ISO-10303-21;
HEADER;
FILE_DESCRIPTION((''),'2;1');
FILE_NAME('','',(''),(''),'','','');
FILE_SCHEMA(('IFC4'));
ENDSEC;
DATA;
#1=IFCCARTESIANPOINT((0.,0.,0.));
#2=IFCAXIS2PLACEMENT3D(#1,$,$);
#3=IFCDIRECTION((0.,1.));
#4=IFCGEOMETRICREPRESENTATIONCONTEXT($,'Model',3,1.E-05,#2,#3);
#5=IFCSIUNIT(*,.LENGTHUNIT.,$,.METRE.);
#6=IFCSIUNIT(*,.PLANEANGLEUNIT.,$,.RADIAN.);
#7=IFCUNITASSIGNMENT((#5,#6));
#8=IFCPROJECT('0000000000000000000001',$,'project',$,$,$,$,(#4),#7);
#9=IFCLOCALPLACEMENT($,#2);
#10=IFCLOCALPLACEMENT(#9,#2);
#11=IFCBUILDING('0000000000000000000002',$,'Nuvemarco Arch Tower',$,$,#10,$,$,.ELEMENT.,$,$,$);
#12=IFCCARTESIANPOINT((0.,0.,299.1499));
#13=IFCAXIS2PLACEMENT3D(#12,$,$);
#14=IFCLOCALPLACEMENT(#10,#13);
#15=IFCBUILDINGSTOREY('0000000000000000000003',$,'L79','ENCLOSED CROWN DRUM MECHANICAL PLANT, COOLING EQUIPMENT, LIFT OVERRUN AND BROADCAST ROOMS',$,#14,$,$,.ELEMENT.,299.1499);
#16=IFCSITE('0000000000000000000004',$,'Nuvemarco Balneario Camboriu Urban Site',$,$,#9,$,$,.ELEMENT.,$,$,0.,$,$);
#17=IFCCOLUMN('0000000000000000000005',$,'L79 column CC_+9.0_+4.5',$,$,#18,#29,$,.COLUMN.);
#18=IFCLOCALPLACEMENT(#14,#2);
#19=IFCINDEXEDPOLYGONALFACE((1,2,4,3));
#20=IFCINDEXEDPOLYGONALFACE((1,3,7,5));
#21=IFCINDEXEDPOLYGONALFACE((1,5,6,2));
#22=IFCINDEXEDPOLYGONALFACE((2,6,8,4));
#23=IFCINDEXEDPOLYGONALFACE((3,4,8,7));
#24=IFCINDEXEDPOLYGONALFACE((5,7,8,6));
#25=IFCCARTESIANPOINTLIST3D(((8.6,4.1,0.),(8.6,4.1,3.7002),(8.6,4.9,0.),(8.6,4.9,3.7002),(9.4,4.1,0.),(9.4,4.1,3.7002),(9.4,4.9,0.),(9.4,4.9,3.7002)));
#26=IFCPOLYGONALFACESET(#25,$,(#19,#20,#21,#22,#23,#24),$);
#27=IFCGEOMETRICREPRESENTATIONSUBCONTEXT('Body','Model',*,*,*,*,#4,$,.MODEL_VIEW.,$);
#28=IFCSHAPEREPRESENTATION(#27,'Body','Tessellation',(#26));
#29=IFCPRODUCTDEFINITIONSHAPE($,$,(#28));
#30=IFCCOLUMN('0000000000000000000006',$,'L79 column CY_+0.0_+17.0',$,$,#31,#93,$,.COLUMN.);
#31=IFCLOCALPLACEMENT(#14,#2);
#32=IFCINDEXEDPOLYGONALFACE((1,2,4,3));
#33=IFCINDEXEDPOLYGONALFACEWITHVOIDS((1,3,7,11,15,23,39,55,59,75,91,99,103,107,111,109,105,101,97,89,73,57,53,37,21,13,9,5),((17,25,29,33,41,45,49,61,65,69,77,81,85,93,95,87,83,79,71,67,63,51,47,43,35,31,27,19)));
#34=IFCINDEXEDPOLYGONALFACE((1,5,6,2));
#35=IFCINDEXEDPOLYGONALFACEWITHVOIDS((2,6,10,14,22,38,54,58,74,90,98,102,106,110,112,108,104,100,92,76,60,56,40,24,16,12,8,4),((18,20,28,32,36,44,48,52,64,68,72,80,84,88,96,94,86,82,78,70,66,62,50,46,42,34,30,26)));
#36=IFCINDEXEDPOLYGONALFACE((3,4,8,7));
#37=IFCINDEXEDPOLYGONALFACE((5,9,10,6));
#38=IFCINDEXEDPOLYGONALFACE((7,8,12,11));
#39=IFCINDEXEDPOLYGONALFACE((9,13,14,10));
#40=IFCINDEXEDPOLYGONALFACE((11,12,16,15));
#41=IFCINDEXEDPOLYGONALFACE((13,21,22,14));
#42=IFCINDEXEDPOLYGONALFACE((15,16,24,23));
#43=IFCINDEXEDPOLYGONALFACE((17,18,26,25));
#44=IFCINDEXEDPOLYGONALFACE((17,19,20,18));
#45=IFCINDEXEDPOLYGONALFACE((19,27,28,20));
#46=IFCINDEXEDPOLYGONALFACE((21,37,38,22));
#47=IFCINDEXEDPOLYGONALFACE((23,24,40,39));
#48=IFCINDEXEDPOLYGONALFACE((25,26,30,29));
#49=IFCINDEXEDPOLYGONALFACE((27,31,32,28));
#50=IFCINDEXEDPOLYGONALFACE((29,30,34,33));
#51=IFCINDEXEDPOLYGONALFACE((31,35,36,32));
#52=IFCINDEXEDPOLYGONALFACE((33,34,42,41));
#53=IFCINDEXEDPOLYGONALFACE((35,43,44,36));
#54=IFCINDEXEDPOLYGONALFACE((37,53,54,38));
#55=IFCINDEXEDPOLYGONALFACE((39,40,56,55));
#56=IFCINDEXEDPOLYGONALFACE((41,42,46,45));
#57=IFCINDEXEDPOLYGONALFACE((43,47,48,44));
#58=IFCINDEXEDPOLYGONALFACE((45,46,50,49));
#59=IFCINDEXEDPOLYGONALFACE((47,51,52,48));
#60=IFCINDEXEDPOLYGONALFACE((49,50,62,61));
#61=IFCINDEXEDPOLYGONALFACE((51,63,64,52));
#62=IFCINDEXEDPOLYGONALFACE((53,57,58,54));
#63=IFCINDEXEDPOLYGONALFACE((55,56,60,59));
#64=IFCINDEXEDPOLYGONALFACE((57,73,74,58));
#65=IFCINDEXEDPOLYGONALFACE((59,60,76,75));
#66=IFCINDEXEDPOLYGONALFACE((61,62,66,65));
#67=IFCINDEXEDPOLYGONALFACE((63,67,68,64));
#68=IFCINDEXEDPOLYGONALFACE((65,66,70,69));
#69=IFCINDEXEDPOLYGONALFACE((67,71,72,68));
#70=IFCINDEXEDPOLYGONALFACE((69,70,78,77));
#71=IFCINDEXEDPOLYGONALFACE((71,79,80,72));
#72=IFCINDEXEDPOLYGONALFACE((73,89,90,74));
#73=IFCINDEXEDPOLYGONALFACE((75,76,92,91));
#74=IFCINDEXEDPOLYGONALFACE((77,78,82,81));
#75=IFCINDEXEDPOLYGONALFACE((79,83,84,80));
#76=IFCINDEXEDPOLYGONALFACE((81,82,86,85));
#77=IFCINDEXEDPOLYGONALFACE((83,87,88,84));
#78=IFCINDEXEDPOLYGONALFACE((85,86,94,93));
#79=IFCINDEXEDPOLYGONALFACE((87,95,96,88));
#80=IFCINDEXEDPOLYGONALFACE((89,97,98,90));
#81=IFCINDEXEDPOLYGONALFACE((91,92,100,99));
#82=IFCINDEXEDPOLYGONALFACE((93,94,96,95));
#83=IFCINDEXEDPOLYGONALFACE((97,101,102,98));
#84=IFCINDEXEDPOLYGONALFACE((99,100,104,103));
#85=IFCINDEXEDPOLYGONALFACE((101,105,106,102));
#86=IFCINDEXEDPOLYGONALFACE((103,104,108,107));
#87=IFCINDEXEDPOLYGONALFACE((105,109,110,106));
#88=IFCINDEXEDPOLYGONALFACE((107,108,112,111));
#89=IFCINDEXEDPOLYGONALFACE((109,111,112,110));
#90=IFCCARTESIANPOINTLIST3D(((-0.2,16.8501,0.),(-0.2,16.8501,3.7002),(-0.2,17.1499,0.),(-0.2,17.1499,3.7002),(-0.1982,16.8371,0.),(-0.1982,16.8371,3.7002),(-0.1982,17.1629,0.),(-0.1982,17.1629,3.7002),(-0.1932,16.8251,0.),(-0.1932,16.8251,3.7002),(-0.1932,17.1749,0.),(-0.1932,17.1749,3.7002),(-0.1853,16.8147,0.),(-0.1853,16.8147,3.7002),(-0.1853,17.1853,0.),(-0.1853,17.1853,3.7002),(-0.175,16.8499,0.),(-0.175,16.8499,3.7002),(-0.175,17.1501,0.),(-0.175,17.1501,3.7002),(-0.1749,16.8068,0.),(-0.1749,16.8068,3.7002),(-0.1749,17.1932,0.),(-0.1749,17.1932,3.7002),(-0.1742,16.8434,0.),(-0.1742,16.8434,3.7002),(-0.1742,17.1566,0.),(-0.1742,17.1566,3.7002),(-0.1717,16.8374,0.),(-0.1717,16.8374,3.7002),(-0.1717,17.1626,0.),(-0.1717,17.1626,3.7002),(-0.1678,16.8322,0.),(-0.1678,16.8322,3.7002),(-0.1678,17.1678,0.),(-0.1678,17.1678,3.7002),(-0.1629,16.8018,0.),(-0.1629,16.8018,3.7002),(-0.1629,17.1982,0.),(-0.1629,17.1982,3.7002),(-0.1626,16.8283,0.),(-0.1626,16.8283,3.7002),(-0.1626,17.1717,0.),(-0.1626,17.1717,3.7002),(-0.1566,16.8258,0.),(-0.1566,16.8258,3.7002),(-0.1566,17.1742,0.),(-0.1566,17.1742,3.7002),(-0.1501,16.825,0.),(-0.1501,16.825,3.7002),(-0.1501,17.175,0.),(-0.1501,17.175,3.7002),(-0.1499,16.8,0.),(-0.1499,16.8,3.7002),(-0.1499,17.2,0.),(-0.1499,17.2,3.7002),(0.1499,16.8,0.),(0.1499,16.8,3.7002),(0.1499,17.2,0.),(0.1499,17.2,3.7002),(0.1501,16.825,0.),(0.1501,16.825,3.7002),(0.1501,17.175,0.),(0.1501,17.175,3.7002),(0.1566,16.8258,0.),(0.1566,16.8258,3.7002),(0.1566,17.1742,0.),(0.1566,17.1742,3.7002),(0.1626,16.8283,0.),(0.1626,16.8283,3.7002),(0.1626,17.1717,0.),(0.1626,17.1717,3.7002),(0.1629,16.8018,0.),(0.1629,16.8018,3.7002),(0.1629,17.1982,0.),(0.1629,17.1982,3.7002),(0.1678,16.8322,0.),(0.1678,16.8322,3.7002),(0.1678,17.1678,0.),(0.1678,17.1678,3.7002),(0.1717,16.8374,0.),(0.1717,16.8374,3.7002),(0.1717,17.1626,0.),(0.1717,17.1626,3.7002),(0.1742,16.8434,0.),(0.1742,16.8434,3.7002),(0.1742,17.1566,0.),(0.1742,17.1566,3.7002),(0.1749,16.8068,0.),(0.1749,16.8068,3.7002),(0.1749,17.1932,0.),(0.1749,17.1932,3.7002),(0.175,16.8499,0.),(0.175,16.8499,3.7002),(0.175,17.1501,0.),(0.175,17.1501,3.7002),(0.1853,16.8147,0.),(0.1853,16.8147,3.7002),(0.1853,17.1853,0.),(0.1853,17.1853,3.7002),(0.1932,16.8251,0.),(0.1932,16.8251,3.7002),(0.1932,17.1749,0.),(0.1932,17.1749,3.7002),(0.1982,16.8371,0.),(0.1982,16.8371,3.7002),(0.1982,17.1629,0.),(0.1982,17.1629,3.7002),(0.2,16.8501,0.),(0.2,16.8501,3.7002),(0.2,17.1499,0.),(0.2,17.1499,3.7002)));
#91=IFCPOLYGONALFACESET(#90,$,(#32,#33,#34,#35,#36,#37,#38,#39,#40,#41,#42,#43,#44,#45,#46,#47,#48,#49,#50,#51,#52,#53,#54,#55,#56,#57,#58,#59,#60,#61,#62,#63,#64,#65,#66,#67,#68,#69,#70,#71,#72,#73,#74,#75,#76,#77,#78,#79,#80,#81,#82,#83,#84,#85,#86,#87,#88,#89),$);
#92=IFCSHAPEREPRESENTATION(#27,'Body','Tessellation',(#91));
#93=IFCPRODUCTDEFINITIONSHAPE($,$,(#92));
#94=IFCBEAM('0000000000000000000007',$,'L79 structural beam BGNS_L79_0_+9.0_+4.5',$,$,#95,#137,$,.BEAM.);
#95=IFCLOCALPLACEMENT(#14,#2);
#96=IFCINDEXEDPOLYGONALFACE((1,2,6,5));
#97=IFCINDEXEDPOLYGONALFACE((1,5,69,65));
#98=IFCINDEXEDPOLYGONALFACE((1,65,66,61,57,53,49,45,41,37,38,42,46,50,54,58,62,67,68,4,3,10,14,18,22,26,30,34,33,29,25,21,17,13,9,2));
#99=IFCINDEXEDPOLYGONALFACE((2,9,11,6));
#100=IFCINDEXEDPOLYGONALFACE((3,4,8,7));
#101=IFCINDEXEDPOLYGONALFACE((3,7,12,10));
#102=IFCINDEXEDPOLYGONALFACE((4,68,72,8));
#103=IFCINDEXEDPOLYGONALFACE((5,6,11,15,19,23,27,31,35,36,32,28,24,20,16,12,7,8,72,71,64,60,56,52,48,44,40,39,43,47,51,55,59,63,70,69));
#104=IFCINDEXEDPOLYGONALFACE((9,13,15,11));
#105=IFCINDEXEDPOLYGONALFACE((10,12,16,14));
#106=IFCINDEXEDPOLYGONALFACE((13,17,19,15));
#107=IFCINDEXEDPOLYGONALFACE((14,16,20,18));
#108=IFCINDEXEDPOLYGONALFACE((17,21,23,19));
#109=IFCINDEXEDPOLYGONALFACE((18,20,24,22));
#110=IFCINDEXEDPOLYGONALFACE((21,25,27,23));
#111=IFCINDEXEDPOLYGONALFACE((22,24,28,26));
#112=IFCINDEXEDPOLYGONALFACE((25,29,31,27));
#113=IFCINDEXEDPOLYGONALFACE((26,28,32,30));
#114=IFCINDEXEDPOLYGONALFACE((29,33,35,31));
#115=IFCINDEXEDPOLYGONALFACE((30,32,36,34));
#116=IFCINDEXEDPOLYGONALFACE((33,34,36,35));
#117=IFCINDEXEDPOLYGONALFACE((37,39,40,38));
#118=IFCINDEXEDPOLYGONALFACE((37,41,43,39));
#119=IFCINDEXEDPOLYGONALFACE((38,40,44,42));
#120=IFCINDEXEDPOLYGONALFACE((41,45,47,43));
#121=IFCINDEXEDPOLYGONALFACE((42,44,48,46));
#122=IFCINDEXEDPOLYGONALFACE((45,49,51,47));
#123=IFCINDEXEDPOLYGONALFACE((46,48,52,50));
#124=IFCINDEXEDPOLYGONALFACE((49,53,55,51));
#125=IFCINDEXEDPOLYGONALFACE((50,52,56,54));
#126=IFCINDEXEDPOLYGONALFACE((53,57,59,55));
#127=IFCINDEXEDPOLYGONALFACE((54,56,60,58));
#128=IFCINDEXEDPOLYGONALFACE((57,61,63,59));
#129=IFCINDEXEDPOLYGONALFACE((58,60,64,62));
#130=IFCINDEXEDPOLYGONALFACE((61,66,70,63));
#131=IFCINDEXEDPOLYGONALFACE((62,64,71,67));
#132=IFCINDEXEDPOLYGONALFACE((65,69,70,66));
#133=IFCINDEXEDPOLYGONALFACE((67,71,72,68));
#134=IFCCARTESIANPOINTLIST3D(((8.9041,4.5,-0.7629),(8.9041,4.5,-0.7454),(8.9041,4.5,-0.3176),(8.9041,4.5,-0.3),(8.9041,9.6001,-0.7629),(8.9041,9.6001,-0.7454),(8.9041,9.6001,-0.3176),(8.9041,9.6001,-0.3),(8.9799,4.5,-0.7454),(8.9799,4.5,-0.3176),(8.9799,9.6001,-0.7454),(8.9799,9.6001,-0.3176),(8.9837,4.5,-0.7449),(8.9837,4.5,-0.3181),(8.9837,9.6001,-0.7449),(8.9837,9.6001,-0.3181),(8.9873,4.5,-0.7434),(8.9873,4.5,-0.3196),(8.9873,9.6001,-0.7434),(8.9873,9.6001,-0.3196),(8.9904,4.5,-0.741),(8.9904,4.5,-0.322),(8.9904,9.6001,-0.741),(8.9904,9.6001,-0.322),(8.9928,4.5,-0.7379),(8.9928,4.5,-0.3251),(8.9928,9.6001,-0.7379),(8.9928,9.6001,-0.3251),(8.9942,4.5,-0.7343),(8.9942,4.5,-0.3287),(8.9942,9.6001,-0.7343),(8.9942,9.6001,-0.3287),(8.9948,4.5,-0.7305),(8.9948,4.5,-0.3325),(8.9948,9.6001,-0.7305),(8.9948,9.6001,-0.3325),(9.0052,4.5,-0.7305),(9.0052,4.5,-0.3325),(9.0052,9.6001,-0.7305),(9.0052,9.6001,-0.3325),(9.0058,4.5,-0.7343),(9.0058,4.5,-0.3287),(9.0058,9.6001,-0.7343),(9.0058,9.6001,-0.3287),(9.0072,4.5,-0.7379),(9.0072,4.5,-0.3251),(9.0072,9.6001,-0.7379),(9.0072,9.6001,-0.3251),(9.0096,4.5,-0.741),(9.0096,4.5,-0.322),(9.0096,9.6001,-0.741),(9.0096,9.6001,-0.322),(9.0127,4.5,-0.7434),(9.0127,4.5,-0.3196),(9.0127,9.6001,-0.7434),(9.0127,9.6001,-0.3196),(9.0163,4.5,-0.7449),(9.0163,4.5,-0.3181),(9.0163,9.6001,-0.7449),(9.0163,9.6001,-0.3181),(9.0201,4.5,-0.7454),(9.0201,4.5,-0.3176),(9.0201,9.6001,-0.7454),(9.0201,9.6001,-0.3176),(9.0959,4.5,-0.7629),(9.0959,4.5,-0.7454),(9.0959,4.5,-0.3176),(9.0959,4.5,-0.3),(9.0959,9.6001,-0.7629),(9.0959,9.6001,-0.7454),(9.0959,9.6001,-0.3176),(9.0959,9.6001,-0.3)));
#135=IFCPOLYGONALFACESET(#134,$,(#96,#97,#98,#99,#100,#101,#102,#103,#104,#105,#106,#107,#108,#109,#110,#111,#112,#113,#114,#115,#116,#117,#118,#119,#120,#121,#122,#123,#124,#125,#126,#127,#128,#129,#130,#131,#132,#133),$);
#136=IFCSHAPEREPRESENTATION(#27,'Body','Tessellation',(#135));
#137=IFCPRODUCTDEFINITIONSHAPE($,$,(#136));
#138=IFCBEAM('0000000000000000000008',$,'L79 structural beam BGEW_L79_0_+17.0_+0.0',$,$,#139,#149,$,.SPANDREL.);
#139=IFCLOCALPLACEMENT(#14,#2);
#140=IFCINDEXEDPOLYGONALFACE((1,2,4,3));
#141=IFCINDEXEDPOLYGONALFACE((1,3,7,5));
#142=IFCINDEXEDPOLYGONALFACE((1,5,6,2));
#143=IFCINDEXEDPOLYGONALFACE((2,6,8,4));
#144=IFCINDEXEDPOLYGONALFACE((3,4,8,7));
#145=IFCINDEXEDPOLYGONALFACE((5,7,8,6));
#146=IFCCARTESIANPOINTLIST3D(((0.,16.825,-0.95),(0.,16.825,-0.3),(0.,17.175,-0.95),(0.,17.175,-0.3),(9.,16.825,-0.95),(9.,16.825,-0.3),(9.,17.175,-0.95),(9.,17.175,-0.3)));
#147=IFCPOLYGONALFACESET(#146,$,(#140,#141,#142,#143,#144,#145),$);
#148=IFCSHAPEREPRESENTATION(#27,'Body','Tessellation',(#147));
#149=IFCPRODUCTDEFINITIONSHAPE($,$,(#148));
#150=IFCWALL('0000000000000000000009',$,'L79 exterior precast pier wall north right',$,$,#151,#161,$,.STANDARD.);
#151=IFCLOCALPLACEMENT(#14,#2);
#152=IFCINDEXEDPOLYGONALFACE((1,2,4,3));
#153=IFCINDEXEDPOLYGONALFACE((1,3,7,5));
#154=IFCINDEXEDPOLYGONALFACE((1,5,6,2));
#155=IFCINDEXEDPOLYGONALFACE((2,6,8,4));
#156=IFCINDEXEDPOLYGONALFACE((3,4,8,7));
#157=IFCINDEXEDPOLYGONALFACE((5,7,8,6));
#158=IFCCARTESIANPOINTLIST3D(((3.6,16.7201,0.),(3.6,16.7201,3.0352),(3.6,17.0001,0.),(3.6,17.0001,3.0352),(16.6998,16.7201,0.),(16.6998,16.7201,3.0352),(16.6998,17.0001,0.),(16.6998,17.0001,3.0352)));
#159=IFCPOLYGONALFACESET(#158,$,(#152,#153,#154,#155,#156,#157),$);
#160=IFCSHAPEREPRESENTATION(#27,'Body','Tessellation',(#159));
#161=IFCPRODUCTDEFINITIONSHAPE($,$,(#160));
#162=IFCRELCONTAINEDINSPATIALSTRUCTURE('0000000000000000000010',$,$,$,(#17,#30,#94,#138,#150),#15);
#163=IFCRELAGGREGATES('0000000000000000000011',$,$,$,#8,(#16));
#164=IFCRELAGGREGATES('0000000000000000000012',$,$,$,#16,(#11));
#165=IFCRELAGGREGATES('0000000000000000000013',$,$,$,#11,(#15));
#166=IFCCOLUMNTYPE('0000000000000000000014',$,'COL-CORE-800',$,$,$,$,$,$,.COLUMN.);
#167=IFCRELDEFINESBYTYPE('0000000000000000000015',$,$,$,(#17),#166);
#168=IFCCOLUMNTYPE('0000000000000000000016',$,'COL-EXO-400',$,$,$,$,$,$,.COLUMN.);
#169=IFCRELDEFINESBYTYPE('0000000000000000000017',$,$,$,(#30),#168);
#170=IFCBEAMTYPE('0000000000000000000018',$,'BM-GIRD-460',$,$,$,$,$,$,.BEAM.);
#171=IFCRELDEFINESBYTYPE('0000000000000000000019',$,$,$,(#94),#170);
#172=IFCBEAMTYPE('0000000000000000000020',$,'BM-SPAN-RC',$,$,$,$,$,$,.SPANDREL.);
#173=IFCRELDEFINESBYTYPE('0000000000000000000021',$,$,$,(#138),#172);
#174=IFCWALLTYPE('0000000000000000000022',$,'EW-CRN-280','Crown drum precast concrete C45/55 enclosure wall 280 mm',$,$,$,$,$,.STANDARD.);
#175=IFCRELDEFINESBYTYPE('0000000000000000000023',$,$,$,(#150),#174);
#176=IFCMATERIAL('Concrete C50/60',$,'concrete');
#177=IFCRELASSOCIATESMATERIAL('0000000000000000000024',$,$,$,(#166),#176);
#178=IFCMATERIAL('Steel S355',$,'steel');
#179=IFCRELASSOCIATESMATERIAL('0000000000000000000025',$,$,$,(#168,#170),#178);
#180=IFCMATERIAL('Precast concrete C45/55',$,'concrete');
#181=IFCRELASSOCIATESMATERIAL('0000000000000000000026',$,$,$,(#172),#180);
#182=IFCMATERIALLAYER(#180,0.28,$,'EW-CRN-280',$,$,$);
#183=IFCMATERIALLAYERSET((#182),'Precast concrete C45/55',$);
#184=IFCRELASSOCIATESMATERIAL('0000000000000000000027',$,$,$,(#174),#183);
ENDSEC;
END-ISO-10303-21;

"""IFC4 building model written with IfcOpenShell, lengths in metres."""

from ifc_helpers import new_model, si_unit, direction, frame, frame_2d, origin, origin_2d, place, context, subcontext, project, spatial, rectangle, hollow_rectangle, i_section, extrude, material, layer, layer_set, material_profile, profile_set, type_object, element, save


model = new_model("IFC4")

# Units and contexts
model_context = context("Model", 3, precision=1e-05, world=origin(), true_north=direction((0.0, 1.0)))
body_context = subcontext(model_context, "Body", "Model", "MODEL_VIEW")
ifc_project = project(units=[si_unit("LENGTHUNIT", "METRE"), si_unit("PLANEANGLEUNIT", "RADIAN")], contexts=[model_context])

# Site, building, storey
site_placement = place(None, origin())
site = spatial("IfcSite", under=ifc_project, at=site_placement, Name="Nuvemarco Balneario Camboriu Urban Site", CompositionType="ELEMENT", RefElevation=0.0)
building_placement = place(site_placement, origin())
building = spatial("IfcBuilding", under=site, at=building_placement, Name="Nuvemarco Arch Tower", CompositionType="ELEMENT")
storey_placement = place(building_placement, frame((0.0, 0.0, 299.1499)))
storey = spatial("IfcBuildingStorey", under=building, at=storey_placement, Name="L79", Description="ENCLOSED CROWN DRUM MECHANICAL PLANT, COOLING EQUIPMENT, LIFT OVERRUN AND BROADCAST ROOMS", CompositionType="ELEMENT", Elevation=299.1499)

# Columns
ifc_material_1 = material(Name="Concrete C50/60", Category="concrete")
ifc_material_profile_1 = material_profile(ifc_material_1, rectangle(XDim=0.8, YDim=0.8, at=origin_2d()), Name="RC-COL-800x800")
ifc_profile_set_1 = profile_set([ifc_material_profile_1], Name="Concrete C50/60")
column_type_1 = type_object("IfcColumnType", Name="COL-CORE-800", PredefinedType="COLUMN", material=ifc_profile_set_1)
column_1_placement = place(storey_placement, frame((9.0, 4.5, 0.0), z_axis=(0.0, 0.0, 1.0), x_axis=(1.0, 0.0, 0.0)))
element("IfcColumn", 1, at=column_1_placement, inside=storey, type_object=column_type_1, Name="L79 column CC_+9.0_+4.5", PredefinedType="COLUMN", context=body_context, shape_type="SweptSolid", body=[
    extrude(rectangle(XDim=0.8, YDim=0.8, at=origin_2d()), origin(), (0.0, 0.0, 1.0), 3.7002),
])
ifc_material_2 = material(Name="Steel S355", Category="steel")
ifc_material_profile_2 = material_profile(ifc_material_2, hollow_rectangle(XDim=0.3999, YDim=0.3999, WallThickness=0.0249, InnerFilletRadius=0.0249, OuterFilletRadius=0.05, at=origin_2d()), Name="SHS400x400x25")
ifc_profile_set_2 = profile_set([ifc_material_profile_2], Name="Steel S355")
column_type_2 = type_object("IfcColumnType", Name="COL-EXO-400", PredefinedType="COLUMN", material=ifc_profile_set_2)
column_2_placement = place(storey_placement, frame((0.0, 17.0, 0.0), z_axis=(0.0, 0.0, 1.0), x_axis=(1.0, 0.0, 0.0)))
element("IfcColumn", 2, at=column_2_placement, inside=storey, type_object=column_type_2, Name="L79 column CY_+0.0_+17.0", PredefinedType="COLUMN", context=body_context, shape_type="SweptSolid", body=[
    extrude(hollow_rectangle(XDim=0.3999, YDim=0.3999, WallThickness=0.0249, InnerFilletRadius=0.0249, OuterFilletRadius=0.05, at=origin_2d()), origin(), (0.0, 0.0, 1.0), 3.7002),
])

# Beams
ifc_material_profile_3 = material_profile(ifc_material_2, i_section(OverallWidth=0.1919, OverallDepth=0.4629, WebThickness=0.0105, FlangeThickness=0.0176, FilletRadius=0.0149, at=origin_2d()), Name="W460x89")
ifc_profile_set_3 = profile_set([ifc_material_profile_3], Name="Steel S355")
beam_type_1 = type_object("IfcBeamType", Name="BM-GIRD-460", PredefinedType="BEAM", material=ifc_profile_set_3)
beam_1_placement = place(storey_placement, frame((9.0, 4.5, -0.5315), z_axis=(0.0, 1.0, 0.0), x_axis=(-1.0, 0.0, 0.0)))
element("IfcBeam", 3, at=beam_1_placement, inside=storey, type_object=beam_type_1, Name="L79 structural beam BGNS_L79_0_+9.0_+4.5", PredefinedType="BEAM", context=body_context, shape_type="SweptSolid", body=[
    extrude(i_section(OverallWidth=0.1919, OverallDepth=0.4629, WebThickness=0.0105, FlangeThickness=0.0176, FilletRadius=0.0149, at=origin_2d()), origin(), (0.0, 0.0, 1.0), 5.1001),
])
ifc_material_3 = material(Name="Precast concrete C45/55", Category="concrete")
ifc_material_profile_4 = material_profile(ifc_material_3, rectangle(XDim=0.3501, YDim=0.6499, at=origin_2d()), Name="PC-SP-350x650")
ifc_profile_set_4 = profile_set([ifc_material_profile_4], Name="Precast concrete C45/55")
beam_type_2 = type_object("IfcBeamType", Name="BM-SPAN-RC", PredefinedType="SPANDREL", material=ifc_profile_set_4)
beam_2_placement = place(storey_placement, frame((0.0, 17.0, -0.625), z_axis=(1.0, 0.0, 0.0), x_axis=(0.0, 1.0, 0.0)))
element("IfcBeam", 4, at=beam_2_placement, inside=storey, type_object=beam_type_2, Name="L79 structural beam BGEW_L79_0_+17.0_+0.0", PredefinedType="SPANDREL", context=body_context, shape_type="SweptSolid", body=[
    extrude(rectangle(XDim=0.3501, YDim=0.6499, at=origin_2d()), origin(), (0.0, 0.0, 1.0), 9.0),
])

# Wall
ifc_layer_1 = layer(ifc_material_3, 0.28, Name="EW-CRN-280")
ifc_layer_set_1 = layer_set([ifc_layer_1], Name="Precast concrete C45/55")
wall_type_1 = type_object("IfcWallType", Name="EW-CRN-280", Description="Crown drum precast concrete C45/55 enclosure wall 280 mm", PredefinedType="STANDARD", material=ifc_layer_set_1)
wall_1_placement = place(storey_placement, frame((3.6001, 16.8601, 0.0), z_axis=(0.0, 0.0, 1.0), x_axis=(1.0, 0.0, 0.0)))
element("IfcWall", 5, at=wall_1_placement, inside=storey, type_object=wall_type_1, Name="L79 exterior precast pier wall north right", PredefinedType="STANDARD", context=body_context, shape_type="SweptSolid", body=[
    extrude(rectangle(XDim=13.0999, YDim=0.28, at=frame_2d((6.5498, 0.0))), origin(), (0.0, 0.0, 1.0), 3.0352),
])

save(model, "model.ifc")
